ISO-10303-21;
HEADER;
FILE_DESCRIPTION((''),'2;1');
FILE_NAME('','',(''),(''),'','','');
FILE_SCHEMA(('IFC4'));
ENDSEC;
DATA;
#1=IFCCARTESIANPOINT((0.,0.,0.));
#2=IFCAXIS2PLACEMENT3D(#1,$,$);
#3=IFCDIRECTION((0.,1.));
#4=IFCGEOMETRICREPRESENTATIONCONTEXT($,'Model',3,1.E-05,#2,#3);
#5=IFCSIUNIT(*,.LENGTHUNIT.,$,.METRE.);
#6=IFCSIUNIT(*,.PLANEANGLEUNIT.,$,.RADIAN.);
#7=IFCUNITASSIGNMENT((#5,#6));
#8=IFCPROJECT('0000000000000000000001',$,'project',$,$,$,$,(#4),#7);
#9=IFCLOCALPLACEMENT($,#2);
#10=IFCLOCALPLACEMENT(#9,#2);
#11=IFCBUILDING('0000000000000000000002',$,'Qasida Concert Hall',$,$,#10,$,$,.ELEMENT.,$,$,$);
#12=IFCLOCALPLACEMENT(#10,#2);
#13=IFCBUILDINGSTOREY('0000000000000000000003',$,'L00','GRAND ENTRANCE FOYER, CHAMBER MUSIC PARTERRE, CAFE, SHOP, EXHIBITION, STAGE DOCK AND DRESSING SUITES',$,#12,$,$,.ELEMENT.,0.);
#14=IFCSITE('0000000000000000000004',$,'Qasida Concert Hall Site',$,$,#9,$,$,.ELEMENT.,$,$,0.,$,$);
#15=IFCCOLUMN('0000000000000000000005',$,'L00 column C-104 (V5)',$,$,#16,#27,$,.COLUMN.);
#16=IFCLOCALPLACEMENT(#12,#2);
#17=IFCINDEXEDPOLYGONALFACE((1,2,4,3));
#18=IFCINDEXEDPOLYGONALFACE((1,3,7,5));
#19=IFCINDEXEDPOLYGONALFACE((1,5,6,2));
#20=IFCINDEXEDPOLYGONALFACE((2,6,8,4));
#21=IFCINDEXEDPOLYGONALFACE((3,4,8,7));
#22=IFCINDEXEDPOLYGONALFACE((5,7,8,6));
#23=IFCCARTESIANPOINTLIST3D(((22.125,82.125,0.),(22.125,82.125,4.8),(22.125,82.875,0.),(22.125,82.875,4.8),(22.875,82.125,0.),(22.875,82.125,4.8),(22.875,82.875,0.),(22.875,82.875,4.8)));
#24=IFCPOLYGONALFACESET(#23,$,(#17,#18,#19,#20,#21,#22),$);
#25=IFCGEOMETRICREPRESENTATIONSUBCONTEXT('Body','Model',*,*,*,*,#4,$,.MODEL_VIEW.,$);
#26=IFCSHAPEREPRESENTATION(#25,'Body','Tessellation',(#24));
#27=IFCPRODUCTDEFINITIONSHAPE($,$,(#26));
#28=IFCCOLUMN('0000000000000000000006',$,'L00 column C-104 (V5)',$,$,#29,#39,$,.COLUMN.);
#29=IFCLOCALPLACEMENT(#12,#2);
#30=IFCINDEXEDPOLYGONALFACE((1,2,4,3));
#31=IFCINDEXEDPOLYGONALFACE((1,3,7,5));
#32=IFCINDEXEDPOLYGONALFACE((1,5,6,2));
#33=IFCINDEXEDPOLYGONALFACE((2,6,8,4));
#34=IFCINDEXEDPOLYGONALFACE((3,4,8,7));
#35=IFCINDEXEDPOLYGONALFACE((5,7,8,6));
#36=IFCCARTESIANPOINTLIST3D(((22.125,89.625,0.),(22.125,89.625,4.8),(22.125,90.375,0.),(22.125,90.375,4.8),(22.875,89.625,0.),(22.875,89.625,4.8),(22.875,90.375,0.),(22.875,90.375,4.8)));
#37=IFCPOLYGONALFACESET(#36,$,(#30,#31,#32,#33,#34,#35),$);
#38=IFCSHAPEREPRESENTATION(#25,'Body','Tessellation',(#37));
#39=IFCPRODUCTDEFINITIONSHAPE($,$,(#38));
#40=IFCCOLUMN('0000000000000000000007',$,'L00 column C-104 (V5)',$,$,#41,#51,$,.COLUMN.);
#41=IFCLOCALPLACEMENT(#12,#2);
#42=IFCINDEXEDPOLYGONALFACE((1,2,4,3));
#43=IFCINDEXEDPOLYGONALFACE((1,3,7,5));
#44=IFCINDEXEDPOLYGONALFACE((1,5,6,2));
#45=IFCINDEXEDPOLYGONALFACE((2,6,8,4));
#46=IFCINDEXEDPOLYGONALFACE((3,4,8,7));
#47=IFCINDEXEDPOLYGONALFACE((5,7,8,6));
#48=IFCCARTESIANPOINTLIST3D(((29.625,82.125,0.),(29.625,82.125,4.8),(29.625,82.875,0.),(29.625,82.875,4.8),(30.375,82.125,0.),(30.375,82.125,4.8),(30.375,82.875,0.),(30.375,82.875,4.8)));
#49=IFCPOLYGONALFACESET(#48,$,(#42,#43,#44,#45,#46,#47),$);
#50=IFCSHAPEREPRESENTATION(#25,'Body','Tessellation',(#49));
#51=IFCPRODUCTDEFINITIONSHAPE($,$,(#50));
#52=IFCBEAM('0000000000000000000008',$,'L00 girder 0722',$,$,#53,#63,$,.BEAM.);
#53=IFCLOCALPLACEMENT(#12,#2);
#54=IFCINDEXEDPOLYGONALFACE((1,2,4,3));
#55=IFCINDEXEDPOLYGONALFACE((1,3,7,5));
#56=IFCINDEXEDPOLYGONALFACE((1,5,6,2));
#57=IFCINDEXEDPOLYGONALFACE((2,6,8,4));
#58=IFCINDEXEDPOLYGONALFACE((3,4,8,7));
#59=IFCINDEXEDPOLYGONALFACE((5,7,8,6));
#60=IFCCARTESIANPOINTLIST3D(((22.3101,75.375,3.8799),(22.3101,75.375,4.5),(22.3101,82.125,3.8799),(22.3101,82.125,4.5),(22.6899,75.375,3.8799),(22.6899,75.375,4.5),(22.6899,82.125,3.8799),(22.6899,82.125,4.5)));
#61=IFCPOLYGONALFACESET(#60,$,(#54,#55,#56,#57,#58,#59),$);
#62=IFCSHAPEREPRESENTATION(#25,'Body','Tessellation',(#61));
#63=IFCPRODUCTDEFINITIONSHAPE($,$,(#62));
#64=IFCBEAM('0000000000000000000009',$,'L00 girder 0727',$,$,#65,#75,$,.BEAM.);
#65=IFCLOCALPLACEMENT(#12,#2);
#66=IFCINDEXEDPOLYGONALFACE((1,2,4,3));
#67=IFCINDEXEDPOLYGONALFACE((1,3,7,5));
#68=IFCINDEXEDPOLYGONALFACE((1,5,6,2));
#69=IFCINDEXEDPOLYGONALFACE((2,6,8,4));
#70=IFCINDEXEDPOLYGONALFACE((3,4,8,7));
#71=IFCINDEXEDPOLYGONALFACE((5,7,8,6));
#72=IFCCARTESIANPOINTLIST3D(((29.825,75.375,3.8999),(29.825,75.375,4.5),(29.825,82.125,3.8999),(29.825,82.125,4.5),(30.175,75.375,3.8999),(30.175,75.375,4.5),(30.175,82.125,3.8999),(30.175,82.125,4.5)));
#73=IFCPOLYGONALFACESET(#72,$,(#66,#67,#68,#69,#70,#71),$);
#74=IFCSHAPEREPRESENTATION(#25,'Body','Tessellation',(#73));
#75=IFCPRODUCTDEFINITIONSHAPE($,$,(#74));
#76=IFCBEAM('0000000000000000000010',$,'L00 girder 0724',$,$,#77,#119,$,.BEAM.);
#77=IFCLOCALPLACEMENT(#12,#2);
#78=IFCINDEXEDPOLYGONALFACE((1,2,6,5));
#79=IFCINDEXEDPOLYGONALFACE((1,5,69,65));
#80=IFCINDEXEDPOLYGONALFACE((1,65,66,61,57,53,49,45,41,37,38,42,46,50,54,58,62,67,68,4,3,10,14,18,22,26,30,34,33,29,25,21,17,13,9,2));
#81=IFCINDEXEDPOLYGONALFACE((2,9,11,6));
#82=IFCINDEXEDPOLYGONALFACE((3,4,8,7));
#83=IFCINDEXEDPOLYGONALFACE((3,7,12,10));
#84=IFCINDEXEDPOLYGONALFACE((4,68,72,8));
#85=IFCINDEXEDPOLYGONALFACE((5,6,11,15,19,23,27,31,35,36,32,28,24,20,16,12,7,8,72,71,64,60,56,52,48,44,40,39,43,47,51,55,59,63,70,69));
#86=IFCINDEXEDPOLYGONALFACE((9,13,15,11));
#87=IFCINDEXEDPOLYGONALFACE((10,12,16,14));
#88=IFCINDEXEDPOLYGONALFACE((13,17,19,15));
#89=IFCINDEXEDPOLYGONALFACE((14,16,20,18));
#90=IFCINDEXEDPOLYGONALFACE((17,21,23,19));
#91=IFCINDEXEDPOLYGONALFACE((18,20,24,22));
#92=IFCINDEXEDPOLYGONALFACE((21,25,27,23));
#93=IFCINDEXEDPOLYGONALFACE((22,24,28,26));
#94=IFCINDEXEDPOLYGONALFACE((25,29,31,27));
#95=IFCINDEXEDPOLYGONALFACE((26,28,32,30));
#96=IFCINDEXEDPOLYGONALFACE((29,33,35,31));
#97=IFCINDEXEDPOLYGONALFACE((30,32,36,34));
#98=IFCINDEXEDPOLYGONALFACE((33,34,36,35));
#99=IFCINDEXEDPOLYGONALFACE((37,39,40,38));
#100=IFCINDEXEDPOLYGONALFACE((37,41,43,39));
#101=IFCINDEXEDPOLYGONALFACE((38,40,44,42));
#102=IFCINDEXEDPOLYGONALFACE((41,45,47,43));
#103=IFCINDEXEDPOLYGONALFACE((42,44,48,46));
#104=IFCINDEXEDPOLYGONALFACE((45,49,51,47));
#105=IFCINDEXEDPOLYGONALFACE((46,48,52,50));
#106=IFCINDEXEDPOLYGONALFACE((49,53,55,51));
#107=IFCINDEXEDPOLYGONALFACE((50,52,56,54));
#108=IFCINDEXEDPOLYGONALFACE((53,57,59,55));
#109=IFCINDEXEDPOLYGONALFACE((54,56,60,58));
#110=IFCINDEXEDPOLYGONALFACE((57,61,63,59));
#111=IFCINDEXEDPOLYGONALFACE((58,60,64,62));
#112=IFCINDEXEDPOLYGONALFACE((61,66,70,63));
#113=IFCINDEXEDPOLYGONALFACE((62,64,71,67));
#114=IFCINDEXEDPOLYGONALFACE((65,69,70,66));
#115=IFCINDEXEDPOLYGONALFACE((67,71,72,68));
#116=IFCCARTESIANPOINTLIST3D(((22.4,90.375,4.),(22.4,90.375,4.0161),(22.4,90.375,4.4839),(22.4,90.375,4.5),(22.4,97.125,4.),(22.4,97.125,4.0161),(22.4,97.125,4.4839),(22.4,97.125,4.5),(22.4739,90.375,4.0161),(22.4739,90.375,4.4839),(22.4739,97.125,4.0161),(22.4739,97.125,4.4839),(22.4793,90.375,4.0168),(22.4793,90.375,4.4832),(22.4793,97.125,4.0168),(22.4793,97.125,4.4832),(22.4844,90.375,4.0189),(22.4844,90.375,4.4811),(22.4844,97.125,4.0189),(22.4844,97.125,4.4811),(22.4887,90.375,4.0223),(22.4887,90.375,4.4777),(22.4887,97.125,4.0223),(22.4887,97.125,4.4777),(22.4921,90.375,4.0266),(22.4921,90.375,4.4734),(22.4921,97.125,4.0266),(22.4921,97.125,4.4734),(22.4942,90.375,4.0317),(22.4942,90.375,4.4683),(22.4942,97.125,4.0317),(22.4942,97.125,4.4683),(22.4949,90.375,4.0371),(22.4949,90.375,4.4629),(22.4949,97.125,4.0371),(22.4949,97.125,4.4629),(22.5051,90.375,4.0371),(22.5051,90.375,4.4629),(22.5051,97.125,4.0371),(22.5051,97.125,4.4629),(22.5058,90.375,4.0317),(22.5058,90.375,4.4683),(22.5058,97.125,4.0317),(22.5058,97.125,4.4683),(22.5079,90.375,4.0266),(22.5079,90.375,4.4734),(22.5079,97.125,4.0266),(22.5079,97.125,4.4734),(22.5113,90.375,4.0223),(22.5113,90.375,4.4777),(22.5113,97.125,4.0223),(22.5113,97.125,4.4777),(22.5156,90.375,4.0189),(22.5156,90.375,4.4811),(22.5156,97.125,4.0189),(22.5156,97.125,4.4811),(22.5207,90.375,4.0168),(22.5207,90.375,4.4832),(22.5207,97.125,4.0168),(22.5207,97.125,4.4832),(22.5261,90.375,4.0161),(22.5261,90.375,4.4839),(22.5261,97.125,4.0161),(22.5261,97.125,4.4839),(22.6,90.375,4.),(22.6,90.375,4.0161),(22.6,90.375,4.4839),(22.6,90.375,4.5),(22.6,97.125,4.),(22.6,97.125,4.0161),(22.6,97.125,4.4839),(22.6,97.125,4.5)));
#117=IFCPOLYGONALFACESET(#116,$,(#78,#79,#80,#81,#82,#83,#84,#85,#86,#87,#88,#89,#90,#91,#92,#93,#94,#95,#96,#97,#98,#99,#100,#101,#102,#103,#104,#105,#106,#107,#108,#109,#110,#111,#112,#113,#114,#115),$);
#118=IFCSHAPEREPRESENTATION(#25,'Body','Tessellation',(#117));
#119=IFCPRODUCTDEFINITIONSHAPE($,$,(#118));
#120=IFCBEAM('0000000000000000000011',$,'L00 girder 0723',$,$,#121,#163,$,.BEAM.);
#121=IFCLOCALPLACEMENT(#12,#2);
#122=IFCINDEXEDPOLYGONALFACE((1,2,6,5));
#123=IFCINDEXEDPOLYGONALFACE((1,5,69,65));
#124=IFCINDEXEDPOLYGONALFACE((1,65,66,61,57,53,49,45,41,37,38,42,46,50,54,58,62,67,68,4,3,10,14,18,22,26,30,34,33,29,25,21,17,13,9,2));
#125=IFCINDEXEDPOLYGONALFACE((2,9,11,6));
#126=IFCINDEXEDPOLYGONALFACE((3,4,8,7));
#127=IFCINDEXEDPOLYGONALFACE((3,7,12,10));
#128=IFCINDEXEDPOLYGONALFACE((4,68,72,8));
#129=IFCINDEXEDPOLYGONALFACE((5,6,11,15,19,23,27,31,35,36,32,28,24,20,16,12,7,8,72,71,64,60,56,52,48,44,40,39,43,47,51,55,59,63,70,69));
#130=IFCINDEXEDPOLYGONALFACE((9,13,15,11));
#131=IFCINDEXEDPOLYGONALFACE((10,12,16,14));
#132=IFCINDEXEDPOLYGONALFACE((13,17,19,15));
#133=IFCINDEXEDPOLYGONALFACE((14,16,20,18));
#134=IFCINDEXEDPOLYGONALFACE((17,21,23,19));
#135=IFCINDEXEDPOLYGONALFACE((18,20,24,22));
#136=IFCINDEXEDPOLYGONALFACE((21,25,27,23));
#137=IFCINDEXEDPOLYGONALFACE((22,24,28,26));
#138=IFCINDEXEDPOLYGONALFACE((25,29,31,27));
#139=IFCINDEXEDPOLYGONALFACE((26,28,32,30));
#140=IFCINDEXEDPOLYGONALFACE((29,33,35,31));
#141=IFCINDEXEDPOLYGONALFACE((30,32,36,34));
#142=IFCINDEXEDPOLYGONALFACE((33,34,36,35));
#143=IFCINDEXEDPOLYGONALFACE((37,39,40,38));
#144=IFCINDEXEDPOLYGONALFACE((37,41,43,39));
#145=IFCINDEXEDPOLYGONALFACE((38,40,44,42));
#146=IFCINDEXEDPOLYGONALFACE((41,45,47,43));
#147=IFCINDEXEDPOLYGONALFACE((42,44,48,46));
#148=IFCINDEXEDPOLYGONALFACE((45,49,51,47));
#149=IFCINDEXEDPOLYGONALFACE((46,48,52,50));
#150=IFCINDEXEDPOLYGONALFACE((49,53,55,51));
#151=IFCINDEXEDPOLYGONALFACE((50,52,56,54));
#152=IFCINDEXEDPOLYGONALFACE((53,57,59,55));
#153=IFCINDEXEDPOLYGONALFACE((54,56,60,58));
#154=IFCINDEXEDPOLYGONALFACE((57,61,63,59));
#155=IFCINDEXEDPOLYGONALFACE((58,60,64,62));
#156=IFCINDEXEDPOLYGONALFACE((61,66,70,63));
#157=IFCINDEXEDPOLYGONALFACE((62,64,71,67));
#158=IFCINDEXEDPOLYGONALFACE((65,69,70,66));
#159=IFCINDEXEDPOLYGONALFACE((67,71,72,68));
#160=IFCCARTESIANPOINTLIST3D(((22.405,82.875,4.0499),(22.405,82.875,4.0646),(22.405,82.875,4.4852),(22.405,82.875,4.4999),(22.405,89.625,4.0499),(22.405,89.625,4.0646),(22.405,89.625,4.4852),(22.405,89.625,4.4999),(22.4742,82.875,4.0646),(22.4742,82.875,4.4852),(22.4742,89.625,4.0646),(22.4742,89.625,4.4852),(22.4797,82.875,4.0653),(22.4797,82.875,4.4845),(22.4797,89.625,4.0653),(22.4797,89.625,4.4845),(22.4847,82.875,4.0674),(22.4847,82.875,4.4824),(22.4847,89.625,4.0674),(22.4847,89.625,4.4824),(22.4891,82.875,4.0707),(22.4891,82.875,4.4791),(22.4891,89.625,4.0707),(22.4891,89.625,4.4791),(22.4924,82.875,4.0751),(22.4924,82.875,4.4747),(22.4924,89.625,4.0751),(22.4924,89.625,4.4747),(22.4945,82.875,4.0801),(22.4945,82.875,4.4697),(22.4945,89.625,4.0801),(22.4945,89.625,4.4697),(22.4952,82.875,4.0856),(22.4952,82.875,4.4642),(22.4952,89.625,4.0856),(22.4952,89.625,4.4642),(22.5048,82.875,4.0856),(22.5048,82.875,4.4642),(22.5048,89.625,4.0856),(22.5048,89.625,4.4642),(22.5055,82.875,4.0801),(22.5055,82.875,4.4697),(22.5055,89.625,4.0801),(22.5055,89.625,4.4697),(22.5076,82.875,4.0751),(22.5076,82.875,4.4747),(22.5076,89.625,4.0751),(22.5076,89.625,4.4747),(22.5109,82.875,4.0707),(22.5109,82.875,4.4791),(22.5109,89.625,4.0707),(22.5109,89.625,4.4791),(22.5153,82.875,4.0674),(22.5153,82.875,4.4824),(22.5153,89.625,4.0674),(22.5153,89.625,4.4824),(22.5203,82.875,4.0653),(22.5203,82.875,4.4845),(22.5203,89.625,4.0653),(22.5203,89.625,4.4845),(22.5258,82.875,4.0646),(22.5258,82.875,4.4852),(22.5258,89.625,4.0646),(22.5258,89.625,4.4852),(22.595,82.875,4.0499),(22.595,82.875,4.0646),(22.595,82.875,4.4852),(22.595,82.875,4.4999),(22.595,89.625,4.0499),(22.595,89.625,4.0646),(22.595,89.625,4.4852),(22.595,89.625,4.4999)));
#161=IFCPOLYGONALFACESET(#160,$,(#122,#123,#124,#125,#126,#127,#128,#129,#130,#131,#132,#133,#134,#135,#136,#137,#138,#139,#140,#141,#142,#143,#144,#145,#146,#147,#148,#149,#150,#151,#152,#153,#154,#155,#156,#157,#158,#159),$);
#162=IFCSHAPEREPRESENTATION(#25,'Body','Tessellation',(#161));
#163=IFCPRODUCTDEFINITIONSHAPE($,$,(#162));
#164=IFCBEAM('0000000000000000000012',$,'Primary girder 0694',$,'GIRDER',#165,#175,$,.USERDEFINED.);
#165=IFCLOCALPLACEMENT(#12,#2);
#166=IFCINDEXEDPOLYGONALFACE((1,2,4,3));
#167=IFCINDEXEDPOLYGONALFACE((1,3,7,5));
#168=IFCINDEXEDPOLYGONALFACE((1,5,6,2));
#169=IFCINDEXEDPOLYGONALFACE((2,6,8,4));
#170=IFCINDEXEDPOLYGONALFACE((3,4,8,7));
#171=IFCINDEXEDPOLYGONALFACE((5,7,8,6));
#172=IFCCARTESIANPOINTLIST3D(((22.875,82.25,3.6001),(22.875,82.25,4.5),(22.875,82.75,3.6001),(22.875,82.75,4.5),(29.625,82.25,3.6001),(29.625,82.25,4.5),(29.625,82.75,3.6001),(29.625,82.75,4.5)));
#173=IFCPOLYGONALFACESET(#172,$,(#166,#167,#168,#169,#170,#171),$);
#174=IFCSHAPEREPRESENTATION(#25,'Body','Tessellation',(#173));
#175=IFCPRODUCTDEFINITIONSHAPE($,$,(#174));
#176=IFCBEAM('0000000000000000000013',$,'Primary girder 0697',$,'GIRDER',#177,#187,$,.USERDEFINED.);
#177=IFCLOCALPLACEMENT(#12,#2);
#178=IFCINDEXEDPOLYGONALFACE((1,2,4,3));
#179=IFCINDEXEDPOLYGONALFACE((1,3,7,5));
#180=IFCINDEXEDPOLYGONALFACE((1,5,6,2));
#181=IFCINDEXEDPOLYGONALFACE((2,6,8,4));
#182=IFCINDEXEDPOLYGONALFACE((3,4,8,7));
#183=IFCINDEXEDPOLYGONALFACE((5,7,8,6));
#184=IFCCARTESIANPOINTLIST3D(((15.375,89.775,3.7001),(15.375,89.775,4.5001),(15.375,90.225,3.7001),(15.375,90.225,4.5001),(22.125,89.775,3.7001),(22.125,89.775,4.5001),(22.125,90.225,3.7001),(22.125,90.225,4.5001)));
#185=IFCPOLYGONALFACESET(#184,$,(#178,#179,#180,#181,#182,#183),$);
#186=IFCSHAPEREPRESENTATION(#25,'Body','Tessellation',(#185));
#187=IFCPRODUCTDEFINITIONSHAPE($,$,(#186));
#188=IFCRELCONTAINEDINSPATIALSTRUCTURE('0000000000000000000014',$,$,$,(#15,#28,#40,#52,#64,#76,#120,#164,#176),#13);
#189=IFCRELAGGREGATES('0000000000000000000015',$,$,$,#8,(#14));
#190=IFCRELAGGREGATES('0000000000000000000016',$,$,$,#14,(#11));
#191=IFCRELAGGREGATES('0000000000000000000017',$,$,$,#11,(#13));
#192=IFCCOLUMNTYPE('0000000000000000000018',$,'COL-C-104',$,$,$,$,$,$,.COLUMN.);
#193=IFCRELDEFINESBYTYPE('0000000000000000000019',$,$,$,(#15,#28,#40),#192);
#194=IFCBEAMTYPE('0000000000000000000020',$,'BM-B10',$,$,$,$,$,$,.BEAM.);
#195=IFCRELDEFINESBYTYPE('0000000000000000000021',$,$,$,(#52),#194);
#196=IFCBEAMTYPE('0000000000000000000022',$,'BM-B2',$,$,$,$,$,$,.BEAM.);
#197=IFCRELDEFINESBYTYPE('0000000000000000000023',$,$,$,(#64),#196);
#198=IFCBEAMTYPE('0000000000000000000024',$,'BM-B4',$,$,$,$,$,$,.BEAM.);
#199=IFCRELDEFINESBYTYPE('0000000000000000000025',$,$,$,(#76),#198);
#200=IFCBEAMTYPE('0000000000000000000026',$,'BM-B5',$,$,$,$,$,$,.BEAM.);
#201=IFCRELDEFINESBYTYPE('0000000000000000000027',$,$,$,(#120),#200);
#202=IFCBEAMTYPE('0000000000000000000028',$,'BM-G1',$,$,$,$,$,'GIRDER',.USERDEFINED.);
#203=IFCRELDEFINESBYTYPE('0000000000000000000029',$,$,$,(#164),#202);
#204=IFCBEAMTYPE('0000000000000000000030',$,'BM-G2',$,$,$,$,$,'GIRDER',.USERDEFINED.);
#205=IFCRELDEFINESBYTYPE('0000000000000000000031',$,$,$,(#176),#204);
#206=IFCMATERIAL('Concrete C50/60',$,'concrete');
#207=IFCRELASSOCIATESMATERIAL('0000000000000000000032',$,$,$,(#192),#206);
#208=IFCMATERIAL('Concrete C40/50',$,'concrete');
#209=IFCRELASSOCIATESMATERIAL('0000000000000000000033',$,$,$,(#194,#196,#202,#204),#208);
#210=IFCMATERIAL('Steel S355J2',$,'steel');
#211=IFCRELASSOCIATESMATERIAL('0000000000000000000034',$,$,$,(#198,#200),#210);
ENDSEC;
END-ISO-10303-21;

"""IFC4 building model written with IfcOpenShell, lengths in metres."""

from ifc_helpers import new_model, si_unit, direction, frame, origin, origin_2d, place, context, subcontext, project, spatial, rectangle, i_section, extrude, material, material_profile, profile_set, type_object, element, save


model = new_model("IFC4")

# Units and contexts
model_context = context("Model", 3, precision=1e-05, world=origin(), true_north=direction((0.0, 1.0)))
body_context = subcontext(model_context, "Body", "Model", "MODEL_VIEW")
ifc_project = project(units=[si_unit("LENGTHUNIT", "METRE"), si_unit("PLANEANGLEUNIT", "RADIAN")], contexts=[model_context])

# Site, building, storey
site_placement = place(None, origin())
site = spatial("IfcSite", under=ifc_project, at=site_placement, Name="Qasida Concert Hall Site", CompositionType="ELEMENT", RefElevation=0.0)
building_placement = place(site_placement, origin())
building = spatial("IfcBuilding", under=site, at=building_placement, Name="Qasida Concert Hall", CompositionType="ELEMENT")
storey_placement = place(building_placement, origin())
storey = spatial("IfcBuildingStorey", under=building, at=storey_placement, Name="L00", Description="GRAND ENTRANCE FOYER, CHAMBER MUSIC PARTERRE, CAFE, SHOP, EXHIBITION, STAGE DOCK AND DRESSING SUITES", CompositionType="ELEMENT", Elevation=0.0)

# Columns
ifc_material_1 = material(Name="Concrete C50/60", Category="concrete")
ifc_material_profile_1 = material_profile(ifc_material_1, rectangle(XDim=0.75, YDim=0.75, at=origin_2d()), Name="RC 750x750")
ifc_profile_set_1 = profile_set([ifc_material_profile_1], Name="Concrete C50/60")
column_type = type_object("IfcColumnType", Name="COL-C-104", PredefinedType="COLUMN", material=ifc_profile_set_1)
for number, where, z_axis, x_axis, name in (
    (1, (22.5, 82.5, 0.0), (0.0, 0.0, 1.0), (1.0, 0.0, 0.0), "L00 column C-104 (V5)"),
    (2, (22.5, 90.0, 0.0), (0.0, 0.0, 1.0), (1.0, 0.0, 0.0), "L00 column C-104 (V5)"),
    (3, (30.0, 82.5, 0.0), (0.0, 0.0, 1.0), (1.0, 0.0, 0.0), "L00 column C-104 (V5)"),
):
    element("IfcColumn", number, at=place(storey_placement, frame(where, z_axis=z_axis, x_axis=x_axis)), inside=storey, type_object=column_type, Name=name, PredefinedType="COLUMN", context=body_context, shape_type="SweptSolid", body=[
        extrude(rectangle(XDim=0.75, YDim=0.75, at=origin_2d()), origin(), (0.0, 0.0, 1.0), 4.8),
    ])

# Beams
ifc_material_2 = material(Name="Concrete C40/50", Category="concrete")
ifc_material_profile_2 = material_profile(ifc_material_2, rectangle(XDim=0.3799, YDim=0.6201, at=origin_2d()), Name="RC 380x620")
ifc_profile_set_2 = profile_set([ifc_material_profile_2], Name="Concrete C40/50")
beam_type_1 = type_object("IfcBeamType", Name="BM-B10", PredefinedType="BEAM", material=ifc_profile_set_2)
beam_1_placement = place(storey_placement, frame((22.5, 75.375, 4.1899), z_axis=(0.0, 1.0, 0.0), x_axis=(-1.0, 0.0, 0.0)))
element("IfcBeam", 4, at=beam_1_placement, inside=storey, type_object=beam_type_1, Name="L00 girder 0722", PredefinedType="BEAM", context=body_context, shape_type="SweptSolid", body=[
    extrude(rectangle(XDim=0.3799, YDim=0.6201, at=origin_2d()), origin(), (0.0, 0.0, 1.0), 6.75),
])
ifc_material_profile_3 = material_profile(ifc_material_2, rectangle(XDim=0.3501, YDim=0.6001, at=origin_2d()), Name="RC 350x600")
ifc_profile_set_3 = profile_set([ifc_material_profile_3], Name="Concrete C40/50")
beam_type_2 = type_object("IfcBeamType", Name="BM-B2", PredefinedType="BEAM", material=ifc_profile_set_3)
beam_2_placement = place(storey_placement, frame((30.0, 75.375, 4.2), z_axis=(0.0, 1.0, 0.0), x_axis=(-1.0, 0.0, 0.0)))
element("IfcBeam", 5, at=beam_2_placement, inside=storey, type_object=beam_type_2, Name="L00 girder 0727", PredefinedType="BEAM", context=body_context, shape_type="SweptSolid", body=[
    extrude(rectangle(XDim=0.3501, YDim=0.6001, at=origin_2d()), origin(), (0.0, 0.0, 1.0), 6.75),
])
ifc_material_3 = material(Name="Steel S355J2", Category="steel")
ifc_material_profile_4 = material_profile(ifc_material_3, i_section(OverallWidth=0.2, OverallDepth=0.5, WebThickness=0.0103, FlangeThickness=0.0161, FilletRadius=0.021, at=origin_2d()), Name="IPE 500")
ifc_profile_set_4 = profile_set([ifc_material_profile_4], Name="Steel S355J2")
beam_type_3 = type_object("IfcBeamType", Name="BM-B4", PredefinedType="BEAM", material=ifc_profile_set_4)
beam_3_placement = place(storey_placement, frame((22.5, 90.375, 4.25), z_axis=(0.0, 1.0, 0.0), x_axis=(-1.0, 0.0, 0.0)))
element("IfcBeam", 6, at=beam_3_placement, inside=storey, type_object=beam_type_3, Name="L00 girder 0724", PredefinedType="BEAM", context=body_context, shape_type="SweptSolid", body=[
    extrude(i_section(OverallWidth=0.2, OverallDepth=0.5, WebThickness=0.0103, FlangeThickness=0.0161, FilletRadius=0.021, at=origin_2d()), origin(), (0.0, 0.0, 1.0), 6.75),
])
ifc_material_profile_5 = material_profile(ifc_material_3, i_section(OverallWidth=0.1899, OverallDepth=0.45, WebThickness=0.0095, FlangeThickness=0.0146, FilletRadius=0.021, at=origin_2d()), Name="IPE 450")
ifc_profile_set_5 = profile_set([ifc_material_profile_5], Name="Steel S355J2")
beam_type_4 = type_object("IfcBeamType", Name="BM-B5", PredefinedType="BEAM", material=ifc_profile_set_5)
beam_4_placement = place(storey_placement, frame((22.5, 82.875, 4.2749), z_axis=(0.0, 1.0, 0.0), x_axis=(-1.0, 0.0, 0.0)))
element("IfcBeam", 7, at=beam_4_placement, inside=storey, type_object=beam_type_4, Name="L00 girder 0723", PredefinedType="BEAM", context=body_context, shape_type="SweptSolid", body=[
    extrude(i_section(OverallWidth=0.1899, OverallDepth=0.45, WebThickness=0.0095, FlangeThickness=0.0146, FilletRadius=0.021, at=origin_2d()), origin(), (0.0, 0.0, 1.0), 6.75),
])
ifc_material_profile_6 = material_profile(ifc_material_2, rectangle(XDim=0.5, YDim=0.8999, at=origin_2d()), Name="RC 500x900")
ifc_profile_set_6 = profile_set([ifc_material_profile_6], Name="Concrete C40/50")
beam_type_5 = type_object("IfcBeamType", Name="BM-G1", ElementType="GIRDER", PredefinedType="USERDEFINED", material=ifc_profile_set_6)
beam_5_placement = place(storey_placement, frame((22.875, 82.5, 4.05), z_axis=(1.0, 0.0, 0.0), x_axis=(0.0, 1.0, 0.0)))
element("IfcBeam", 8, at=beam_5_placement, inside=storey, type_object=beam_type_5, Name="Primary girder 0694", ObjectType="GIRDER", PredefinedType="USERDEFINED", context=body_context, shape_type="SweptSolid", body=[
    extrude(rectangle(XDim=0.5, YDim=0.8999, at=origin_2d()), origin(), (0.0, 0.0, 1.0), 6.75),
])
ifc_material_profile_7 = material_profile(ifc_material_2, rectangle(XDim=0.45, YDim=0.8, at=origin_2d()), Name="RC 450x800")
ifc_profile_set_7 = profile_set([ifc_material_profile_7], Name="Concrete C40/50")
beam_type_6 = type_object("IfcBeamType", Name="BM-G2", ElementType="GIRDER", PredefinedType="USERDEFINED", material=ifc_profile_set_7)
beam_6_placement = place(storey_placement, frame((15.375, 90.0, 4.1001), z_axis=(1.0, 0.0, 0.0), x_axis=(0.0, 1.0, 0.0)))
element("IfcBeam", 9, at=beam_6_placement, inside=storey, type_object=beam_type_6, Name="Primary girder 0697", ObjectType="GIRDER", PredefinedType="USERDEFINED", context=body_context, shape_type="SweptSolid", body=[
    extrude(rectangle(XDim=0.45, YDim=0.8, at=origin_2d()), origin(), (0.0, 0.0, 1.0), 6.75),
])

save(model, "model.ifc")
